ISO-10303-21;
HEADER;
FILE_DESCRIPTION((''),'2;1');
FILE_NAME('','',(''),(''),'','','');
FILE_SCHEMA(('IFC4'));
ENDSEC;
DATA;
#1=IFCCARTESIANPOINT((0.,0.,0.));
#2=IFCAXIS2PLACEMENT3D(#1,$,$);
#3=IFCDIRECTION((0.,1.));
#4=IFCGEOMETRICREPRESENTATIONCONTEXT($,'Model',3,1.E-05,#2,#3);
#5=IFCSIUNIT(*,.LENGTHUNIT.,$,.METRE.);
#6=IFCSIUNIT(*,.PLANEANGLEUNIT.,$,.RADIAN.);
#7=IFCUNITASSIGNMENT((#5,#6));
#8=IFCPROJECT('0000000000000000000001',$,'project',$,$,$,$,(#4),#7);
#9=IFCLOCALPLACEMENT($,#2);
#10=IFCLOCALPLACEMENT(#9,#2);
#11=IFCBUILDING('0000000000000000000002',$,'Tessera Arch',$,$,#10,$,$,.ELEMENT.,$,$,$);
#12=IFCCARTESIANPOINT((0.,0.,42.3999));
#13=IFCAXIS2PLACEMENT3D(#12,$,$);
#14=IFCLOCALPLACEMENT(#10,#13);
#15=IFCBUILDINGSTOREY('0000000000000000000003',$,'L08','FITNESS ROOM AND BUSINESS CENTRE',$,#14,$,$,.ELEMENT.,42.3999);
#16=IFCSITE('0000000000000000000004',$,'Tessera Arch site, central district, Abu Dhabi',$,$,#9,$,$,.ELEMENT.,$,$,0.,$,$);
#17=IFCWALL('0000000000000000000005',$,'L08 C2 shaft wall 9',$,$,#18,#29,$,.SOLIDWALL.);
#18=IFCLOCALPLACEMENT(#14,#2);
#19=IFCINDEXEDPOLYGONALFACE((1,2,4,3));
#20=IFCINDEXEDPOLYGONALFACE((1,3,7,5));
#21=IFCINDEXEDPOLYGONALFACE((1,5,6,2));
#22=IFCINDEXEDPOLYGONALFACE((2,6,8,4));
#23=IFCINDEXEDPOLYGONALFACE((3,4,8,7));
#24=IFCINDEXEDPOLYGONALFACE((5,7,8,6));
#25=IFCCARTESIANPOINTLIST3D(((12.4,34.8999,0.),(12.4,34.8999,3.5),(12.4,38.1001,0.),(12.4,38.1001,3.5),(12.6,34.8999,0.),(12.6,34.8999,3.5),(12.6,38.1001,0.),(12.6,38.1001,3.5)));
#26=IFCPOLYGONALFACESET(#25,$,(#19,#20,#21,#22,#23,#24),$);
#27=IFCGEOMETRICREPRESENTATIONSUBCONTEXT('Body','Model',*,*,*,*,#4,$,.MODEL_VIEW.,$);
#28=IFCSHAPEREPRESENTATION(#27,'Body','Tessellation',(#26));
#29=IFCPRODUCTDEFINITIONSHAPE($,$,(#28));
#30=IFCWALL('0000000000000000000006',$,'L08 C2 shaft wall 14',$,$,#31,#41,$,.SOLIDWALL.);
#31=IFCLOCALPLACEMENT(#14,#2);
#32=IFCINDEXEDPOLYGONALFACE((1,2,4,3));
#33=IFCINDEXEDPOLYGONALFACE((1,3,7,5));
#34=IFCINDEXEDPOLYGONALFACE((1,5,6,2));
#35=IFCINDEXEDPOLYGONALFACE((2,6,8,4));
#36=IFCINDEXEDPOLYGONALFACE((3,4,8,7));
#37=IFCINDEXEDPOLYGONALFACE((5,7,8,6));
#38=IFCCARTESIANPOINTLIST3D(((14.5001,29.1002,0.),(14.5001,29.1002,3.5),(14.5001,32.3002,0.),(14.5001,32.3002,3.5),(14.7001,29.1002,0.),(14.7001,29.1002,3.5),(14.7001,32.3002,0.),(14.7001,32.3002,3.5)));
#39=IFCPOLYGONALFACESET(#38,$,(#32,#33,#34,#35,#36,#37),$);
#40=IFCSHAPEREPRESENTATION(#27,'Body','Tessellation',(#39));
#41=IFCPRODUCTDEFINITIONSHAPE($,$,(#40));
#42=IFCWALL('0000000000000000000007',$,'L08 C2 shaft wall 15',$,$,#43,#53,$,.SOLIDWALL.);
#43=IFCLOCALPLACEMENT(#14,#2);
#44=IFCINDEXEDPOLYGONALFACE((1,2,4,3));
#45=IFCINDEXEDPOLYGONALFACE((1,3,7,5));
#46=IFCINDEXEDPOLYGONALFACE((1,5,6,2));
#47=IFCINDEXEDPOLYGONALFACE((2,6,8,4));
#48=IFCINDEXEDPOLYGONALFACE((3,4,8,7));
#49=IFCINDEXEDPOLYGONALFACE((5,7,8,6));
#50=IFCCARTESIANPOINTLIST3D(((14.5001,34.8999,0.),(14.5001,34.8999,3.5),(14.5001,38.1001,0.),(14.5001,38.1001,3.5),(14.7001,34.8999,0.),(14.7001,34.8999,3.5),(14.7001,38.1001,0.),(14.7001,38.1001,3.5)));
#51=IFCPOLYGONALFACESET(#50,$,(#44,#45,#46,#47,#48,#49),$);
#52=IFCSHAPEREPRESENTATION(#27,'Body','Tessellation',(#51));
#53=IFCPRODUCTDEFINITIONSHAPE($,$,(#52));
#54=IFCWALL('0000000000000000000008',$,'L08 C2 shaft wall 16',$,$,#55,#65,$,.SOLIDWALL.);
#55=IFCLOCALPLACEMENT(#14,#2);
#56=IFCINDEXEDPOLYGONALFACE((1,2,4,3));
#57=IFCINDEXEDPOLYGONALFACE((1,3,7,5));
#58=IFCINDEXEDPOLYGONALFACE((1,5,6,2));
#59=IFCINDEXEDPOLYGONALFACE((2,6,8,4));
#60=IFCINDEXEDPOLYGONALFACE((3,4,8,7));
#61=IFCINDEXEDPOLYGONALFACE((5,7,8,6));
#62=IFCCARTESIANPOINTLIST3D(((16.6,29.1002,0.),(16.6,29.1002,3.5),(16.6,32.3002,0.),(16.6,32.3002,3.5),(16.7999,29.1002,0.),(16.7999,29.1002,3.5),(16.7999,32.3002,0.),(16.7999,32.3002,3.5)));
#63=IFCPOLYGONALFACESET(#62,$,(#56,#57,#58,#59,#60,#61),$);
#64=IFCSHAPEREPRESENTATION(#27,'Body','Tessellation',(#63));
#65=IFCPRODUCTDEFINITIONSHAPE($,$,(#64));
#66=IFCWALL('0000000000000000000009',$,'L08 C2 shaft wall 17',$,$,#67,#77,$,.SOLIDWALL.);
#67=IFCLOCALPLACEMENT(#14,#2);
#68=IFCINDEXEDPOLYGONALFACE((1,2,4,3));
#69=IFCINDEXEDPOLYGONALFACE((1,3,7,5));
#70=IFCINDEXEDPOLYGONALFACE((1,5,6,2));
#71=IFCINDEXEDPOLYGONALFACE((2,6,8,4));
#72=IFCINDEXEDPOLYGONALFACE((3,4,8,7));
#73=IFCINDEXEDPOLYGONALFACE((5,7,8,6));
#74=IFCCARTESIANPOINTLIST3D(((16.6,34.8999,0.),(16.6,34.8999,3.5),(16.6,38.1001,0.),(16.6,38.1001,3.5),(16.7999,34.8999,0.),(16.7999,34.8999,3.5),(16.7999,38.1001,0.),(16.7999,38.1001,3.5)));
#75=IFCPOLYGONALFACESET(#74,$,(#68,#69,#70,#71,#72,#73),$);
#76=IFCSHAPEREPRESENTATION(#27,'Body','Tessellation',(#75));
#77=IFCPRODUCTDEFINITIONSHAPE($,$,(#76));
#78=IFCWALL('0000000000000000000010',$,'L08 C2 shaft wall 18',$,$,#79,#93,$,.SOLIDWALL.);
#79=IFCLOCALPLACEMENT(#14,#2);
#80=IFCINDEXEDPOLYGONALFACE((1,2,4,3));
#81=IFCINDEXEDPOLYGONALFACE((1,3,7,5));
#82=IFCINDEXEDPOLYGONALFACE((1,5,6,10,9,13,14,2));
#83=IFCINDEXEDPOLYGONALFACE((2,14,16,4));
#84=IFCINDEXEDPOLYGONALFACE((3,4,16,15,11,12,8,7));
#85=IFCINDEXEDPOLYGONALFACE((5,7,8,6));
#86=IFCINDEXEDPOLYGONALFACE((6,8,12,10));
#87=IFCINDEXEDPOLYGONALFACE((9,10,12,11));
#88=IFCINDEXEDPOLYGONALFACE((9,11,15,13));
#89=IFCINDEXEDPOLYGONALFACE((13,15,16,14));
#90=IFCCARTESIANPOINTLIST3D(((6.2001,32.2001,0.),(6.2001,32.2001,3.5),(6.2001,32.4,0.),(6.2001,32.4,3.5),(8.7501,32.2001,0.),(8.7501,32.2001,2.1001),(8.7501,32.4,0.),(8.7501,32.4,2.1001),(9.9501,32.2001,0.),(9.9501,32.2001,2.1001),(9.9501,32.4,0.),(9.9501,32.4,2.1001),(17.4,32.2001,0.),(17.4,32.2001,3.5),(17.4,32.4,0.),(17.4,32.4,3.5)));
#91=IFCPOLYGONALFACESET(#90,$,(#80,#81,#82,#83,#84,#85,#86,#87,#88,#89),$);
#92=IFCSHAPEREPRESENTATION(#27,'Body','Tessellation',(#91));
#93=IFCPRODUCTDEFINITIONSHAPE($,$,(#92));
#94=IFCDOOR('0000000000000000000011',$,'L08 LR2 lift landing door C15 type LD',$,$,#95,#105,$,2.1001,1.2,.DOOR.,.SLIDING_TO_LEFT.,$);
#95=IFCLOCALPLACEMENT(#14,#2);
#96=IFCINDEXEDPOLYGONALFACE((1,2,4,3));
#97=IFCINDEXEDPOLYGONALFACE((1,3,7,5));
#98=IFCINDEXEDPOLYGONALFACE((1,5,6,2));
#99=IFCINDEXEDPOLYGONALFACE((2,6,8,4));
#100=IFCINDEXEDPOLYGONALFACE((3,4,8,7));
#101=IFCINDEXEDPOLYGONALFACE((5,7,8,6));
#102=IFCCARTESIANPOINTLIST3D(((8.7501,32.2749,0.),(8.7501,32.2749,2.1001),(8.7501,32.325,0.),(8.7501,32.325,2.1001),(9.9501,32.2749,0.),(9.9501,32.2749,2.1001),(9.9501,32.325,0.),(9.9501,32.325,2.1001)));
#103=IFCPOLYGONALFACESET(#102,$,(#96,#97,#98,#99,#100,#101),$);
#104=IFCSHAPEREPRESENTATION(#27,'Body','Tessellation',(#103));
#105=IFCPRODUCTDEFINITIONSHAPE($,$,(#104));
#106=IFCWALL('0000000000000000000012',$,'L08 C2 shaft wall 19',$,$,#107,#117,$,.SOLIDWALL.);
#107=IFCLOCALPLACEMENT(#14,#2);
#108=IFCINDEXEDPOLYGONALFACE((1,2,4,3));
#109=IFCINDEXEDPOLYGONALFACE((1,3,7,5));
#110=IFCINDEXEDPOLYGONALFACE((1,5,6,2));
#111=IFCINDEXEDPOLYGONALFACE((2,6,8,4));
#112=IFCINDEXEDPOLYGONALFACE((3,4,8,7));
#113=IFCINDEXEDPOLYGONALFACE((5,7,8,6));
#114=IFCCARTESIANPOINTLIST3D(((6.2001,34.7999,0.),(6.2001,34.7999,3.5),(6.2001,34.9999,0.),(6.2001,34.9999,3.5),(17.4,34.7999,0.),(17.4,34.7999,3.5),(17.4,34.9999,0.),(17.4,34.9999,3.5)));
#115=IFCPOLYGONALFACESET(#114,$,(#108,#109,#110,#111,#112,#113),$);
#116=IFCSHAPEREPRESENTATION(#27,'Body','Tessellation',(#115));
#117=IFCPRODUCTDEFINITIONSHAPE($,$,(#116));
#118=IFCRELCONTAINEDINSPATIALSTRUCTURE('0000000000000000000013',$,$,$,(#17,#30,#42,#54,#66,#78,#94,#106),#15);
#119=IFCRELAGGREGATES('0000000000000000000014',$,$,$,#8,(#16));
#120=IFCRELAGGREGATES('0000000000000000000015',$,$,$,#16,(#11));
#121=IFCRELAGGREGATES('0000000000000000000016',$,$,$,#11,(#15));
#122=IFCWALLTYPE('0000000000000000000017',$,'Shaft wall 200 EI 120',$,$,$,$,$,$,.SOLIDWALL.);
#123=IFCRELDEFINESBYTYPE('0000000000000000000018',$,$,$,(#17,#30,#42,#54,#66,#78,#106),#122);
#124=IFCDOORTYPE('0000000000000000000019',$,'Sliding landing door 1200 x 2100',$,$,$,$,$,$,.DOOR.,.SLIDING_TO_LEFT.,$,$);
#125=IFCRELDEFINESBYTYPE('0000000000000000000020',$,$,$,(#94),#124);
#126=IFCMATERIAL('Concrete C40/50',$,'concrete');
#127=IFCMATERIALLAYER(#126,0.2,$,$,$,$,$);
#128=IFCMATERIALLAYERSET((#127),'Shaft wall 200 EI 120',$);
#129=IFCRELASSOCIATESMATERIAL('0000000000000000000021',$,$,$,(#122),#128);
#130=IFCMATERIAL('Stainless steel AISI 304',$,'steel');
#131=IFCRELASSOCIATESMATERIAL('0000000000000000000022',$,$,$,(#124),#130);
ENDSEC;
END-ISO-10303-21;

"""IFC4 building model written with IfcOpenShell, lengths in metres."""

from ifc_helpers import new_model, si_unit, direction, frame, frame_2d, origin, place, context, subcontext, project, spatial, rectangle, extrude, material, layer, layer_set, type_object, element, fill, save


model = new_model("IFC4")

# Units and contexts
model_context = context("Model", 3, precision=1e-05, world=origin(), true_north=direction((0.0, 1.0)))
body_context = subcontext(model_context, "Body", "Model", "MODEL_VIEW")
ifc_project = project(units=[si_unit("LENGTHUNIT", "METRE"), si_unit("PLANEANGLEUNIT", "RADIAN")], contexts=[model_context])

# Site, building, storey
site_placement = place(None, origin())
site = spatial("IfcSite", under=ifc_project, at=site_placement, Name="Tessera Arch site, central district, Abu Dhabi", CompositionType="ELEMENT", RefElevation=0.0)
building_placement = place(site_placement, origin())
building = spatial("IfcBuilding", under=site, at=building_placement, Name="Tessera Arch", CompositionType="ELEMENT")
storey_placement = place(building_placement, frame((0.0, 0.0, 42.3999)))
storey = spatial("IfcBuildingStorey", under=building, at=storey_placement, Name="L08", Description="FITNESS ROOM AND BUSINESS CENTRE", CompositionType="ELEMENT", Elevation=42.3999)

# Walls
ifc_material_1 = material(Name="Concrete C40/50", Category="concrete")
ifc_layer_1 = layer(ifc_material_1, 0.2)
ifc_layer_set_1 = layer_set([ifc_layer_1], Name="Shaft wall 200 EI 120")
wall_type_1 = type_object("IfcWallType", Name="Shaft wall 200 EI 120", PredefinedType="SOLIDWALL", material=ifc_layer_set_1)
wall_1_placement = place(storey_placement, frame((12.5, 34.8999, 0.0), z_axis=(0.0, 0.0, 1.0), x_axis=(0.0, 1.0, 0.0)))
element("IfcWall", 1, at=wall_1_placement, inside=storey, type_object=wall_type_1, Name="L08 C2 shaft wall 9", PredefinedType="SOLIDWALL", context=body_context, shape_type="SweptSolid", body=[
    extrude(rectangle(XDim=3.2002, YDim=0.2, at=frame_2d((1.6001, 0.0))), origin(), (0.0, 0.0, 1.0), 3.5),
])
wall_2_placement = place(storey_placement, frame((14.6001, 29.1001, 0.0), z_axis=(0.0, 0.0, 1.0), x_axis=(0.0, 1.0, 0.0)))
element("IfcWall", 2, at=wall_2_placement, inside=storey, type_object=wall_type_1, Name="L08 C2 shaft wall 14", PredefinedType="SOLIDWALL", context=body_context, shape_type="SweptSolid", body=[
    extrude(rectangle(XDim=3.2, YDim=0.2, at=frame_2d((1.6001, 0.0))), origin(), (0.0, 0.0, 1.0), 3.5),
])
wall_3_placement = place(storey_placement, frame((14.6001, 34.8999, 0.0), z_axis=(0.0, 0.0, 1.0), x_axis=(0.0, 1.0, 0.0)))
element("IfcWall", 3, at=wall_3_placement, inside=storey, type_object=wall_type_1, Name="L08 C2 shaft wall 15", PredefinedType="SOLIDWALL", context=body_context, shape_type="SweptSolid", body=[
    extrude(rectangle(XDim=3.2002, YDim=0.2, at=frame_2d((1.6001, 0.0))), origin(), (0.0, 0.0, 1.0), 3.5),
])
wall_4_placement = place(storey_placement, frame((16.7, 29.1001, 0.0), z_axis=(0.0, 0.0, 1.0), x_axis=(0.0, 1.0, 0.0)))
element("IfcWall", 4, at=wall_4_placement, inside=storey, type_object=wall_type_1, Name="L08 C2 shaft wall 16", PredefinedType="SOLIDWALL", context=body_context, shape_type="SweptSolid", body=[
    extrude(rectangle(XDim=3.2, YDim=0.2, at=frame_2d((1.6001, 0.0))), origin(), (0.0, 0.0, 1.0), 3.5),
])
wall_5_placement = place(storey_placement, frame((16.7, 34.8999, 0.0), z_axis=(0.0, 0.0, 1.0), x_axis=(0.0, 1.0, 0.0)))
element("IfcWall", 5, at=wall_5_placement, inside=storey, type_object=wall_type_1, Name="L08 C2 shaft wall 17", PredefinedType="SOLIDWALL", context=body_context, shape_type="SweptSolid", body=[
    extrude(rectangle(XDim=3.2002, YDim=0.2, at=frame_2d((1.6001, 0.0))), origin(), (0.0, 0.0, 1.0), 3.5),
])

# Wall, opening, door
wall_6_placement = place(storey_placement, frame((6.2, 32.3, 0.0), z_axis=(0.0, 0.0, 1.0), x_axis=(1.0, 0.0, 0.0)))
wall_6 = element("IfcWall", 6, at=wall_6_placement, inside=storey, type_object=wall_type_1, Name="L08 C2 shaft wall 18", PredefinedType="SOLIDWALL", context=body_context, shape_type="SweptSolid", body=[
    extrude(rectangle(XDim=11.2, YDim=0.2, at=frame_2d((5.6001, 0.0))), origin(), (0.0, 0.0, 1.0), 3.5),
])
opening_1_placement = place(wall_6_placement, frame((2.55, 0.0, 0.0)))
opening_1 = element("IfcOpeningElement", 7, at=opening_1_placement, cuts=wall_6, PredefinedType="OPENING", context=body_context, shape_type="SweptSolid", body=[
    extrude(rectangle(XDim=1.2, YDim=2.1001, at=frame_2d((0.6001, 1.05))), frame((0.0, 0.1099, 0.0), z_axis=(0.0, -1.0, 0.0), x_axis=(1.0, 0.0, 0.0)), (0.0, 0.0, 1.0), 0.22),
])
ifc_material_2 = material(Name="Stainless steel AISI 304", Category="steel")
door_type_1 = type_object("IfcDoorType", Name="Sliding landing door 1200 x 2100", OperationType="SLIDING_TO_LEFT", PredefinedType="DOOR", material=ifc_material_2)
door_1_placement = place(opening_1_placement, origin())
door_1 = element("IfcDoor", 8, at=door_1_placement, inside=storey, type_object=door_type_1, Name="L08 LR2 lift landing door C15 type LD", OperationType="SLIDING_TO_LEFT", OverallHeight=2.1001, OverallWidth=1.2, PredefinedType="DOOR", context=body_context, shape_type="SweptSolid", body=[
    extrude(rectangle(XDim=1.2, YDim=2.1001, at=frame_2d((0.6001, 1.05))), frame((0.0, 0.0249, 0.0), z_axis=(0.0, -1.0, 0.0), x_axis=(1.0, 0.0, 0.0)), (0.0, 0.0, 1.0), 0.05),
])
fill(opening_1, door_1)

# Wall
wall_7_placement = place(storey_placement, frame((6.2, 34.8999, 0.0), z_axis=(0.0, 0.0, 1.0), x_axis=(1.0, 0.0, 0.0)))
element("IfcWall", 9, at=wall_7_placement, inside=storey, type_object=wall_type_1, Name="L08 C2 shaft wall 19", PredefinedType="SOLIDWALL", context=body_context, shape_type="SweptSolid", body=[
    extrude(rectangle(XDim=11.2, YDim=0.2, at=frame_2d((5.6001, 0.0))), origin(), (0.0, 0.0, 1.0), 3.5),
])

save(model, "model.ifc")
